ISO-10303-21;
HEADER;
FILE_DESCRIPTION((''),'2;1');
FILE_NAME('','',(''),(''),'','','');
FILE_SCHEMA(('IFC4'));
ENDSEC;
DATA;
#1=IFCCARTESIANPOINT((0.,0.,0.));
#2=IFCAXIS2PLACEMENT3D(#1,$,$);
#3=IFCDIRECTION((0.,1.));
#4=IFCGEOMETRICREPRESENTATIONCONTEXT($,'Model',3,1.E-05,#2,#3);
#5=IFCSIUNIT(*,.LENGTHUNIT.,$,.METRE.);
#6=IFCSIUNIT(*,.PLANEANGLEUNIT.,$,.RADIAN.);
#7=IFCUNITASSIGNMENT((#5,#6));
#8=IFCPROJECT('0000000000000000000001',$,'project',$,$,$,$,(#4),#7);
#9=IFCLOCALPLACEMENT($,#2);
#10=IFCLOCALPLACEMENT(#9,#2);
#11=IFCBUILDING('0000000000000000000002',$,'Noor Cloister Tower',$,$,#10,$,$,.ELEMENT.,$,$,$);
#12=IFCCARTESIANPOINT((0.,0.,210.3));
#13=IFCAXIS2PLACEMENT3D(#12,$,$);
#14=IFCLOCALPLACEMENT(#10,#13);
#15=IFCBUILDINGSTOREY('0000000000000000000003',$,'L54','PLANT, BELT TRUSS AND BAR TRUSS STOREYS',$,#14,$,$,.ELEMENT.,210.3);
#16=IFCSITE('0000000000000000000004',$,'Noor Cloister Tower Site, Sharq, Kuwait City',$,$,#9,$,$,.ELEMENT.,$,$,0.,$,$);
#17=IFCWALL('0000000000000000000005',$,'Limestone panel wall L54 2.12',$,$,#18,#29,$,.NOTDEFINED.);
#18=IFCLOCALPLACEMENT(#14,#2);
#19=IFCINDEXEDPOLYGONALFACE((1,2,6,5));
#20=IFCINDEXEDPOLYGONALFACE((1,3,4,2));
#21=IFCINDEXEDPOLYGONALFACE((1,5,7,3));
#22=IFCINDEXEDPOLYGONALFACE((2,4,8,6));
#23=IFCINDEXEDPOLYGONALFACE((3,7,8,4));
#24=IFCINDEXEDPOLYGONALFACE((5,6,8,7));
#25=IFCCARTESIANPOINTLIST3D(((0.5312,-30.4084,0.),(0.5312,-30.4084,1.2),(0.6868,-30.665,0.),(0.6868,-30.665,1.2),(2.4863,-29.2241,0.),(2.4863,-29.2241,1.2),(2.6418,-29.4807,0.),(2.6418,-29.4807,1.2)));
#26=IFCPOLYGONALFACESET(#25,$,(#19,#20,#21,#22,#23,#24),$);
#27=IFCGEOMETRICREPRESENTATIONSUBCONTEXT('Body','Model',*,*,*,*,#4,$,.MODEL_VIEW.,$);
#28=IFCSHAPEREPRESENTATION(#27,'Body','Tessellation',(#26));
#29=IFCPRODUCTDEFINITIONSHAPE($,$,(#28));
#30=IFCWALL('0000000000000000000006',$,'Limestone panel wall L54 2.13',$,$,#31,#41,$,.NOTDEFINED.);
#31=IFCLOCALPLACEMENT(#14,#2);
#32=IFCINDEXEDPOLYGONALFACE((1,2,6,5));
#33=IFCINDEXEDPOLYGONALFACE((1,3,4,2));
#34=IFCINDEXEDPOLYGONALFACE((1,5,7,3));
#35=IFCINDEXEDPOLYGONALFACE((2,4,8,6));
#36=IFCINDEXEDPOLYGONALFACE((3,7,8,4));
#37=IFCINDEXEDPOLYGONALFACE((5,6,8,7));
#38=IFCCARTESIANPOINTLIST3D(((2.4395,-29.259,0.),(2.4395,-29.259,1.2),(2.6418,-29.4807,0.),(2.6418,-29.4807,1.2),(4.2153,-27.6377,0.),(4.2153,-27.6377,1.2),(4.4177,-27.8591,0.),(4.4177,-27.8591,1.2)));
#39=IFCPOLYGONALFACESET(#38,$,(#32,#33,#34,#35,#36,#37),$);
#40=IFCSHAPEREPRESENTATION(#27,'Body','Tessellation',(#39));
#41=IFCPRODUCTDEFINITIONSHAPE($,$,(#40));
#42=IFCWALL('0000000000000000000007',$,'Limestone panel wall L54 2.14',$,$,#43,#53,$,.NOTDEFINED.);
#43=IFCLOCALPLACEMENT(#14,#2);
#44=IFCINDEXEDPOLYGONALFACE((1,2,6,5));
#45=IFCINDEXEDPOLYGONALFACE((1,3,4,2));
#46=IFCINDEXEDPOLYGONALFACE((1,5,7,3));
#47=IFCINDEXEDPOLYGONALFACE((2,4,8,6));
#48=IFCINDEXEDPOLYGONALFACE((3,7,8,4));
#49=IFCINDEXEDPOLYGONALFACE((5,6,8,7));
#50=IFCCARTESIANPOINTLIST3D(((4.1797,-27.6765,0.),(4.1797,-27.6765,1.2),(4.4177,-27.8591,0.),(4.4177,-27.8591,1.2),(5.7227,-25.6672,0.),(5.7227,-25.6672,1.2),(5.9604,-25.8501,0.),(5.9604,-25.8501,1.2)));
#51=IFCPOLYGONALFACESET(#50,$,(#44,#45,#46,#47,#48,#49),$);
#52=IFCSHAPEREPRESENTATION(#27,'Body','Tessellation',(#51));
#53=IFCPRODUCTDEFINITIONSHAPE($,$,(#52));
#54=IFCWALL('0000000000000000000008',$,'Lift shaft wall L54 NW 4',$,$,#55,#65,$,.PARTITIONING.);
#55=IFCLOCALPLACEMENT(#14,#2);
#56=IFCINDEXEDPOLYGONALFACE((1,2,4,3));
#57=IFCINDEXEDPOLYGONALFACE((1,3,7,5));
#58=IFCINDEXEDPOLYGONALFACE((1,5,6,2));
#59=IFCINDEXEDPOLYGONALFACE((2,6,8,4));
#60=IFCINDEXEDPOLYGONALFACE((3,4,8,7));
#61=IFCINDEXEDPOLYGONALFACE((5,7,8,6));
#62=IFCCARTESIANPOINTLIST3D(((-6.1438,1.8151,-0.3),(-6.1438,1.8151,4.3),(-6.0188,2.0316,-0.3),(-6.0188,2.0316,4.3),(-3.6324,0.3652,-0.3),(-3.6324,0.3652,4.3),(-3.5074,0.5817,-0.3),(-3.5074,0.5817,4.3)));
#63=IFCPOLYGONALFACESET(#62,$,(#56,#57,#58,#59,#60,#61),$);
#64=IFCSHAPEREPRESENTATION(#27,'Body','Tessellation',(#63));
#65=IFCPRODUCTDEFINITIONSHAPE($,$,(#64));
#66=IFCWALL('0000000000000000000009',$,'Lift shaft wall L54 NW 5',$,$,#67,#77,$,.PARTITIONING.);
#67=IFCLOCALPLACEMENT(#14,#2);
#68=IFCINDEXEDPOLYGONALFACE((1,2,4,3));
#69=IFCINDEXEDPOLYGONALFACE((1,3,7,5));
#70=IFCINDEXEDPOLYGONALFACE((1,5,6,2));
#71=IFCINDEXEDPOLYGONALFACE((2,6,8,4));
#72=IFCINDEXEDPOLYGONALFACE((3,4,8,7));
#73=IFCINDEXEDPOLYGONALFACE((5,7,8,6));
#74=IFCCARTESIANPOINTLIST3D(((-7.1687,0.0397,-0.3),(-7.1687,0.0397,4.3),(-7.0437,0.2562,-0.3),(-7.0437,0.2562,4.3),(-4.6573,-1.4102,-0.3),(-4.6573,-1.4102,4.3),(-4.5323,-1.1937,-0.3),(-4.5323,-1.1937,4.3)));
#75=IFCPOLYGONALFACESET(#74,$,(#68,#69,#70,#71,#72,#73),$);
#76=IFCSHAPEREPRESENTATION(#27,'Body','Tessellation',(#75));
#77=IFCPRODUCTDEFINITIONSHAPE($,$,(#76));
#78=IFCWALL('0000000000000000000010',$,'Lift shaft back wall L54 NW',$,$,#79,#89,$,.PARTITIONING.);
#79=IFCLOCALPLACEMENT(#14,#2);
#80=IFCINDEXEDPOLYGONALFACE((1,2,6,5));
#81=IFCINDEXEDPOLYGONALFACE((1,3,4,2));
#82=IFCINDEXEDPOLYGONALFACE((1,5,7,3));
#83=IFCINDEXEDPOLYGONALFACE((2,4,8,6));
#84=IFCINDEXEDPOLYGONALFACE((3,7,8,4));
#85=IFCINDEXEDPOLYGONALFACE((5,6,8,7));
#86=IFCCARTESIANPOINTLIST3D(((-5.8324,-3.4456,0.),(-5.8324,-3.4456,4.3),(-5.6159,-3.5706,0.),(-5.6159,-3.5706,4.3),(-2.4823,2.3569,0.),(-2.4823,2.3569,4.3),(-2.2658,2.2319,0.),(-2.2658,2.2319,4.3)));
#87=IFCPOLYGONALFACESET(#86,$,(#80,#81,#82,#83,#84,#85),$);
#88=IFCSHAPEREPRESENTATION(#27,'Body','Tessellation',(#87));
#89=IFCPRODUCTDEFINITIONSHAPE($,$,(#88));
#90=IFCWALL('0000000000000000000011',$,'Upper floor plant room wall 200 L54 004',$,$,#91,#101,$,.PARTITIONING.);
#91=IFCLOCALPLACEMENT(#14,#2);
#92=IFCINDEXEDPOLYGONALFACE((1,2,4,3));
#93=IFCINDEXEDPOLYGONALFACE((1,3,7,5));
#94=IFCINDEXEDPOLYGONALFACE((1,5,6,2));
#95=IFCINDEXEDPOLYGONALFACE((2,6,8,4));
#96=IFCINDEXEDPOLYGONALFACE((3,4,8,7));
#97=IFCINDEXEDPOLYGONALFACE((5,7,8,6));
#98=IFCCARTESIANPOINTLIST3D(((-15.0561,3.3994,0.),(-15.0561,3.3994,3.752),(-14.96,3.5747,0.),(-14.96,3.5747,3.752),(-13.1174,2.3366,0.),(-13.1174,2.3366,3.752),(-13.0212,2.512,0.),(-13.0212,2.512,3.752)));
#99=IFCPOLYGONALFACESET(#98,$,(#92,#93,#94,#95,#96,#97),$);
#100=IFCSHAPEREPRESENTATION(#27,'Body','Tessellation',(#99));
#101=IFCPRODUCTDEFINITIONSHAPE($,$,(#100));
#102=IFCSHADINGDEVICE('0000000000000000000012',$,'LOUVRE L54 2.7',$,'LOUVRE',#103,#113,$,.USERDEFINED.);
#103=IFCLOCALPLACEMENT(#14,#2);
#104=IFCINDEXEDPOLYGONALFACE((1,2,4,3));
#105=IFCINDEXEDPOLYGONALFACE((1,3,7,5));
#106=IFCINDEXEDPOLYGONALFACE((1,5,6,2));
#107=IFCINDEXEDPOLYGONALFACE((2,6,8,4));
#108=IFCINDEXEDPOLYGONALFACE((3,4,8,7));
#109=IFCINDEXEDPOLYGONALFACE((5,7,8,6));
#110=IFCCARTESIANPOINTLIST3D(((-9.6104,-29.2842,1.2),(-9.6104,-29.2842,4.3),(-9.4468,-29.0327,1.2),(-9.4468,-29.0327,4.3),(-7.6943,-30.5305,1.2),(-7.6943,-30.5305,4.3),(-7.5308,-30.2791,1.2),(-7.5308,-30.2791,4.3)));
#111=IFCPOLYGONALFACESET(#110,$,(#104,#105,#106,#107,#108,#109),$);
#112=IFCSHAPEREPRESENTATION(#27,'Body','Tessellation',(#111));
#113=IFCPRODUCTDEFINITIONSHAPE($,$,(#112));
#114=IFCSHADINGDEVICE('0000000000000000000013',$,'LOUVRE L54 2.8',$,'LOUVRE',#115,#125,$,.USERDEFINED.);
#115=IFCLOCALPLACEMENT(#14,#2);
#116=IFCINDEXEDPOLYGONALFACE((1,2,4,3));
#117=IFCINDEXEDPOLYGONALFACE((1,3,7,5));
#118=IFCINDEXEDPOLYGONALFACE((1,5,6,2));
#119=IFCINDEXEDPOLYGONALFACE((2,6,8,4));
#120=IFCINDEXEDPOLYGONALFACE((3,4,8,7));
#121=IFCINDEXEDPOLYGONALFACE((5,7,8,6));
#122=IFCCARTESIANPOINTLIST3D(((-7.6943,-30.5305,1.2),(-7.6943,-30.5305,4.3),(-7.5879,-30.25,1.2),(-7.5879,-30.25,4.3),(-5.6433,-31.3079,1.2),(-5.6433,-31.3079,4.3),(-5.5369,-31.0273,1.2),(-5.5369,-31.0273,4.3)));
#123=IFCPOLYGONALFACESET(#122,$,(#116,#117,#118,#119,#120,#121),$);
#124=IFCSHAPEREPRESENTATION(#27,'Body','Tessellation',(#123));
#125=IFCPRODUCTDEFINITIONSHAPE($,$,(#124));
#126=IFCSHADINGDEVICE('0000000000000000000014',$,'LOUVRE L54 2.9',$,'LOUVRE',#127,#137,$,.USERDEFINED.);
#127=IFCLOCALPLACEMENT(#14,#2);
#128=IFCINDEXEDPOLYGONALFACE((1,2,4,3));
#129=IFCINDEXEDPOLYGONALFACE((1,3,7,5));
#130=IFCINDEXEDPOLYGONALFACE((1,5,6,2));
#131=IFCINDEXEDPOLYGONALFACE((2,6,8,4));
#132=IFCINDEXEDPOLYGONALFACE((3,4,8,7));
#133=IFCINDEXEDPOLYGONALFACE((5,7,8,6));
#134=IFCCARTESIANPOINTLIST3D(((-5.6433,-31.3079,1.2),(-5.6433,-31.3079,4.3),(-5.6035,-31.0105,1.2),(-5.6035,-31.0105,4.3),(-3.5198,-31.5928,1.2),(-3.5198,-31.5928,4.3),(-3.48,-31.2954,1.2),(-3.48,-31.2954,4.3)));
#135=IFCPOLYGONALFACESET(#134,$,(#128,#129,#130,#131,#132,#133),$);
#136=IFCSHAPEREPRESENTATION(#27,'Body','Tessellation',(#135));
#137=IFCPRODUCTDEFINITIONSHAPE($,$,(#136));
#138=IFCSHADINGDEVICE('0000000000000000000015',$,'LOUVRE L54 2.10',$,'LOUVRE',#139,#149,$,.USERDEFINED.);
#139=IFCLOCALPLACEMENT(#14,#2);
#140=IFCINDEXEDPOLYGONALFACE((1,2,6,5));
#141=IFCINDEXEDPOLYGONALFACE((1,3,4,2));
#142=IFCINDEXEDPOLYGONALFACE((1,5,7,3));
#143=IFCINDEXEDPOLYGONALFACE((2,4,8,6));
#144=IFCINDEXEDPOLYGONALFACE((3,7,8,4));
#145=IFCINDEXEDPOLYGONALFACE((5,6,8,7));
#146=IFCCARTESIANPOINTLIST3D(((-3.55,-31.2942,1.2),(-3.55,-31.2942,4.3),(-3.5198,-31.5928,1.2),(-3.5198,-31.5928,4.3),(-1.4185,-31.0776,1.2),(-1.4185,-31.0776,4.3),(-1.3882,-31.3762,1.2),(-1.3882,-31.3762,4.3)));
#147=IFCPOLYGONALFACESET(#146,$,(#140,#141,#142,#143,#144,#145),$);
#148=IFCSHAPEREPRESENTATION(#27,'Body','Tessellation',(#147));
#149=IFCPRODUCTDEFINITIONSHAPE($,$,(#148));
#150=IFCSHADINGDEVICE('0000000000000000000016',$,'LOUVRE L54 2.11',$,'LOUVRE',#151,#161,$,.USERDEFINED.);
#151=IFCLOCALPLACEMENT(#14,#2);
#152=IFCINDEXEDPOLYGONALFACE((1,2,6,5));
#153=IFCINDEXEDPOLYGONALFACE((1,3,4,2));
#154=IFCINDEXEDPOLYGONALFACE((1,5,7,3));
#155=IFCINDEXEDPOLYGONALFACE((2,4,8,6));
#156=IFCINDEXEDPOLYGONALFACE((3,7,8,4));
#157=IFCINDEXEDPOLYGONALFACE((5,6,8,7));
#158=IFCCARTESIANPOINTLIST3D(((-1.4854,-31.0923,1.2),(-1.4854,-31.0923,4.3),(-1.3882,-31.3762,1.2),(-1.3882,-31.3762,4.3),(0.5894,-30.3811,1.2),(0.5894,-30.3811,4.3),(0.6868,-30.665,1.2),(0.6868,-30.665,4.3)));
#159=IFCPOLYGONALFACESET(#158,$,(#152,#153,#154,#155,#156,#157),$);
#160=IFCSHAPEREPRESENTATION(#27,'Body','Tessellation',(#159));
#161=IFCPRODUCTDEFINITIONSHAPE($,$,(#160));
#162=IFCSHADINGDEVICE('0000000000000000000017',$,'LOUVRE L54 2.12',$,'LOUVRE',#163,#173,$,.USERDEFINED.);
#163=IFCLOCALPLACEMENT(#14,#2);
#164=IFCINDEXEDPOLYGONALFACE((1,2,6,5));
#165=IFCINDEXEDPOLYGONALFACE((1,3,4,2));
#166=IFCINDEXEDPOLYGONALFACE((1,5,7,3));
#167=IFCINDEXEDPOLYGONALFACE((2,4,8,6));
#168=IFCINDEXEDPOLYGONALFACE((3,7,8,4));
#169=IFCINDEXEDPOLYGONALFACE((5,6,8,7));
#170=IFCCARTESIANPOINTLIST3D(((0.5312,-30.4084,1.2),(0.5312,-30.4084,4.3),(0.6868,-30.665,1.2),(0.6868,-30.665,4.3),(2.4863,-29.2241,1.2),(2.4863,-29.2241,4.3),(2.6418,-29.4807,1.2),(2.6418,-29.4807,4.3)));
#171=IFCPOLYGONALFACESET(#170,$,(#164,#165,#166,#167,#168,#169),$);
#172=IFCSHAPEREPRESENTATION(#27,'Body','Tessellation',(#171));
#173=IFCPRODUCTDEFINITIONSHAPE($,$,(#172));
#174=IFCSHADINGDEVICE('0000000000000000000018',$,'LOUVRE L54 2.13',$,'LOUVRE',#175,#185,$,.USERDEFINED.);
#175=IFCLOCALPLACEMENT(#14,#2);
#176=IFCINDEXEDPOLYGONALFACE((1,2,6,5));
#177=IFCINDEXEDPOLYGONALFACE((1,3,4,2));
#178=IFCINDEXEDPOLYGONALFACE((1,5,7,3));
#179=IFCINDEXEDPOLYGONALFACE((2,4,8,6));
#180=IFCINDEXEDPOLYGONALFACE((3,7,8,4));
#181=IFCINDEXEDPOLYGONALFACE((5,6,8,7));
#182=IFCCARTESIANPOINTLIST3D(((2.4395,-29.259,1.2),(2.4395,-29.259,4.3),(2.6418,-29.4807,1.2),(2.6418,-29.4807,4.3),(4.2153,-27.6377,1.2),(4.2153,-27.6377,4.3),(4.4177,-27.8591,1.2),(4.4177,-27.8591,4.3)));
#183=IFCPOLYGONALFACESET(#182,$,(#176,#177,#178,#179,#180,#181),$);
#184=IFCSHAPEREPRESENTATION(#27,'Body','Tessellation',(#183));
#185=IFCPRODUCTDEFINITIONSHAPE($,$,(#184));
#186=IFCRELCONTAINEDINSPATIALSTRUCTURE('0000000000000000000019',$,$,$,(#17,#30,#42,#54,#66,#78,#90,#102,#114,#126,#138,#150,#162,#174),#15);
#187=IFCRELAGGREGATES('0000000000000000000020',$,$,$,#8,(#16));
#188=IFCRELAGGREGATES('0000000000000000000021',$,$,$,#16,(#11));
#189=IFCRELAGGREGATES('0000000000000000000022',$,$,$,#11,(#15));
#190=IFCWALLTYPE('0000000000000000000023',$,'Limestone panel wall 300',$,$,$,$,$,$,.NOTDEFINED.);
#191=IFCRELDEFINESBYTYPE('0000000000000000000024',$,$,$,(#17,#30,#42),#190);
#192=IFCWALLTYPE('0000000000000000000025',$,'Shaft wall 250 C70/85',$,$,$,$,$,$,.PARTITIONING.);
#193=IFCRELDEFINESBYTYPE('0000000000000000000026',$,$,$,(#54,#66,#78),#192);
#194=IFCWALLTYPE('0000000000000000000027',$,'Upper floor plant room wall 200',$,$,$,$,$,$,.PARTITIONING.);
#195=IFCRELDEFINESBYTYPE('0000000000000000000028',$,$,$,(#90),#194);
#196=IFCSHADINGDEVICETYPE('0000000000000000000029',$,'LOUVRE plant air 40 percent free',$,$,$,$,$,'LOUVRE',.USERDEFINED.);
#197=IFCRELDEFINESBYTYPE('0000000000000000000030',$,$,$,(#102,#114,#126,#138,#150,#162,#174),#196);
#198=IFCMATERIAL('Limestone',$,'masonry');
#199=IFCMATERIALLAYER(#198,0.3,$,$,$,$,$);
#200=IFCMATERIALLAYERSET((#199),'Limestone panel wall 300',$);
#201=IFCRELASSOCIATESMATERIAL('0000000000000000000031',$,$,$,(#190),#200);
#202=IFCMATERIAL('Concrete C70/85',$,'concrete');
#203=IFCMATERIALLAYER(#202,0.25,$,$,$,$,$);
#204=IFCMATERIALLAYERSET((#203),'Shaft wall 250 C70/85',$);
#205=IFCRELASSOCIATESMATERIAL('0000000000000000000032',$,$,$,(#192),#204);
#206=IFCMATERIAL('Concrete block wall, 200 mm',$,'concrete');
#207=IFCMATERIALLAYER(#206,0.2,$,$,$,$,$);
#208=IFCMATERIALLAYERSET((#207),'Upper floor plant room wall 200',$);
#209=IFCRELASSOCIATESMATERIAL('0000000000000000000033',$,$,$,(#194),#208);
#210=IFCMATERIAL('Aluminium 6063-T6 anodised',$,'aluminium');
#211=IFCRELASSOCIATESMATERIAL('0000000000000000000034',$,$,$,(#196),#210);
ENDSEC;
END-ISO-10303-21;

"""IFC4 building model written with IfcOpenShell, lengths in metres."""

from ifc_helpers import new_model, si_unit, direction, frame, frame_2d, origin, place, context, subcontext, project, spatial, polyline, rectangle, outline, extrude, material, layer, layer_set, type_object, element, save


model = new_model("IFC4")

# Units and contexts
model_context = context("Model", 3, precision=1e-05, world=origin(), true_north=direction((0.0, 1.0)))
body_context = subcontext(model_context, "Body", "Model", "MODEL_VIEW")
ifc_project = project(units=[si_unit("LENGTHUNIT", "METRE"), si_unit("PLANEANGLEUNIT", "RADIAN")], contexts=[model_context])

# Site, building, storey
site_placement = place(None, origin())
site = spatial("IfcSite", under=ifc_project, at=site_placement, Name="Noor Cloister Tower Site, Sharq, Kuwait City", CompositionType="ELEMENT", RefElevation=0.0)
building_placement = place(site_placement, origin())
building = spatial("IfcBuilding", under=site, at=building_placement, Name="Noor Cloister Tower", CompositionType="ELEMENT")
storey_placement = place(building_placement, frame((0.0, 0.0, 210.3)))
storey = spatial("IfcBuildingStorey", under=building, at=storey_placement, Name="L54", Description="PLANT, BELT TRUSS AND BAR TRUSS STOREYS", CompositionType="ELEMENT", Elevation=210.3)

# Walls
ifc_material_1 = material(Name="Limestone", Category="masonry")
ifc_layer_1 = layer(ifc_material_1, 0.3)
ifc_layer_set_1 = layer_set([ifc_layer_1], Name="Limestone panel wall 300")
wall_type_1 = type_object("IfcWallType", Name="Limestone panel wall 300", PredefinedType="NOTDEFINED", material=ifc_layer_set_1)
wall_1_placement = place(storey_placement, origin())
element("IfcWall", 1, at=wall_1_placement, inside=storey, type_object=wall_type_1, Name="Limestone panel wall L54 2.12", PredefinedType="NOTDEFINED", context=body_context, shape_type="SweptSolid", body=[
    extrude(outline(polyline([(0.6868, -30.665), (2.6418, -29.4807), (2.4863, -29.2241), (0.5312, -30.4084), (0.6868, -30.665)])), origin(), (0.0, 0.0, 1.0), 1.2),
])
wall_2_placement = place(storey_placement, origin())
element("IfcWall", 2, at=wall_2_placement, inside=storey, type_object=wall_type_1, Name="Limestone panel wall L54 2.13", PredefinedType="NOTDEFINED", context=body_context, shape_type="SweptSolid", body=[
    extrude(outline(polyline([(2.6418, -29.4807), (4.4177, -27.8591), (4.2153, -27.6377), (2.4395, -29.259), (2.6418, -29.4807)])), origin(), (0.0, 0.0, 1.0), 1.2),
])
wall_3_placement = place(storey_placement, origin())
element("IfcWall", 3, at=wall_3_placement, inside=storey, type_object=wall_type_1, Name="Limestone panel wall L54 2.14", PredefinedType="NOTDEFINED", context=body_context, shape_type="SweptSolid", body=[
    extrude(outline(polyline([(4.4177, -27.8591), (5.9604, -25.8501), (5.7227, -25.6672), (4.1797, -27.6765), (4.4177, -27.8591)])), origin(), (0.0, 0.0, 1.0), 1.2),
])
ifc_material_2 = material(Name="Concrete C70/85", Category="concrete")
ifc_layer_2 = layer(ifc_material_2, 0.25)
ifc_layer_set_2 = layer_set([ifc_layer_2], Name="Shaft wall 250 C70/85")
wall_type_2 = type_object("IfcWallType", Name="Shaft wall 250 C70/85", PredefinedType="PARTITIONING", material=ifc_layer_set_2)
for number, where, z_axis, x_axis, name in (
    (4, (-6.0813, 1.9233, -0.3), (0.0, 0.0, 1.0), (0.866033, -0.499987, 0.0), "Lift shaft wall L54 NW 4"),
    (5, (-7.1062, 0.1479, -0.3), (0.0, 0.0, 1.0), (0.866033, -0.499987, 0.0), "Lift shaft wall L54 NW 5"),
):
    element("IfcWall", number, at=place(storey_placement, frame(where, z_axis=z_axis, x_axis=x_axis)), inside=storey, type_object=wall_type_2, Name=name, PredefinedType="PARTITIONING", context=body_context, shape_type="SweptSolid", body=[
        extrude(rectangle(XDim=2.8999, YDim=0.25, at=frame_2d((1.45, 0.0))), origin(), (0.0, 0.0, 1.0), 4.6001),
    ])
wall_4_placement = place(storey_placement, frame((-2.374, 2.2944, 0.0), z_axis=(0.0, 0.0, 1.0), x_axis=(-0.500003, -0.866024, 0.0)))
element("IfcWall", 6, at=wall_4_placement, inside=storey, type_object=wall_type_2, Name="Lift shaft back wall L54 NW", PredefinedType="PARTITIONING", context=body_context, shape_type="SweptSolid", body=[
    extrude(rectangle(XDim=6.7002, YDim=0.25, at=frame_2d((3.3501, 0.0))), origin(), (0.0, 0.0, 1.0), 4.3),
])
ifc_material_3 = material(Name="Concrete block wall, 200 mm", Category="concrete")
ifc_layer_3 = layer(ifc_material_3, 0.2)
ifc_layer_set_3 = layer_set([ifc_layer_3], Name="Upper floor plant room wall 200")
wall_type_3 = type_object("IfcWallType", Name="Upper floor plant room wall 200", PredefinedType="PARTITIONING", material=ifc_layer_set_3)
wall_5_placement = place(storey_placement, frame((-15.0081, 3.4871, 0.0), z_axis=(0.0, 0.0, 1.0), x_axis=(0.876893, -0.480685, 0.0)))
element("IfcWall", 7, at=wall_5_placement, inside=storey, type_object=wall_type_3, Name="Upper floor plant room wall 200 L54 004", PredefinedType="PARTITIONING", context=body_context, shape_type="SweptSolid", body=[
    extrude(rectangle(XDim=2.2109, YDim=0.2, at=frame_2d((1.1055, 0.0))), origin(), (0.0, 0.0, 1.0), 3.752),
])

# Shading devices
ifc_material_4 = material(Name="Aluminium 6063-T6 anodised", Category="aluminium")
shading_device_type = type_object("IfcShadingDeviceType", Name="LOUVRE plant air 40 percent free", ElementType="LOUVRE", PredefinedType="USERDEFINED", material=ifc_material_4)
shading_device_1_placement = place(storey_placement, frame((0.0, 0.0, 1.2)))
element("IfcShadingDevice", 8, at=shading_device_1_placement, inside=storey, type_object=shading_device_type, Name="LOUVRE L54 2.7", ObjectType="LOUVRE", PredefinedType="USERDEFINED", context=body_context, shape_type="SweptSolid", body=[
    extrude(outline(polyline([(-9.6104, -29.2842), (-7.6943, -30.5305), (-7.5308, -30.2791), (-9.4468, -29.0327), (-9.6104, -29.2842)])), origin(), (0.0, 0.0, 1.0), 3.1001),
])
shading_device_2_placement = place(storey_placement, frame((0.0, 0.0, 1.2)))
element("IfcShadingDevice", 9, at=shading_device_2_placement, inside=storey, type_object=shading_device_type, Name="LOUVRE L54 2.8", ObjectType="LOUVRE", PredefinedType="USERDEFINED", context=body_context, shape_type="SweptSolid", body=[
    extrude(outline(polyline([(-7.6943, -30.5305), (-5.6433, -31.3079), (-5.5369, -31.0273), (-7.5879, -30.25), (-7.6943, -30.5305)])), origin(), (0.0, 0.0, 1.0), 3.1001),
])
shading_device_3_placement = place(storey_placement, frame((0.0, 0.0, 1.2)))
element("IfcShadingDevice", 10, at=shading_device_3_placement, inside=storey, type_object=shading_device_type, Name="LOUVRE L54 2.9", ObjectType="LOUVRE", PredefinedType="USERDEFINED", context=body_context, shape_type="SweptSolid", body=[
    extrude(outline(polyline([(-5.6433, -31.3079), (-3.5198, -31.5928), (-3.48, -31.2954), (-5.6035, -31.0105), (-5.6433, -31.3079)])), origin(), (0.0, 0.0, 1.0), 3.1001),
])
shading_device_4_placement = place(storey_placement, frame((0.0, 0.0, 1.2)))
element("IfcShadingDevice", 11, at=shading_device_4_placement, inside=storey, type_object=shading_device_type, Name="LOUVRE L54 2.10", ObjectType="LOUVRE", PredefinedType="USERDEFINED", context=body_context, shape_type="SweptSolid", body=[
    extrude(outline(polyline([(-3.5198, -31.5928), (-1.3882, -31.3762), (-1.4185, -31.0776), (-3.55, -31.2942), (-3.5198, -31.5928)])), origin(), (0.0, 0.0, 1.0), 3.1001),
])
shading_device_5_placement = place(storey_placement, frame((0.0, 0.0, 1.2)))
element("IfcShadingDevice", 12, at=shading_device_5_placement, inside=storey, type_object=shading_device_type, Name="LOUVRE L54 2.11", ObjectType="LOUVRE", PredefinedType="USERDEFINED", context=body_context, shape_type="SweptSolid", body=[
    extrude(outline(polyline([(-1.3882, -31.3762), (0.6868, -30.665), (0.5894, -30.3811), (-1.4854, -31.0923), (-1.3882, -31.3762)])), origin(), (0.0, 0.0, 1.0), 3.1001),
])
shading_device_6_placement = place(storey_placement, frame((0.0, 0.0, 1.2)))
element("IfcShadingDevice", 13, at=shading_device_6_placement, inside=storey, type_object=shading_device_type, Name="LOUVRE L54 2.12", ObjectType="LOUVRE", PredefinedType="USERDEFINED", context=body_context, shape_type="SweptSolid", body=[
    extrude(outline(polyline([(0.6868, -30.665), (2.6418, -29.4807), (2.4863, -29.2241), (0.5312, -30.4084), (0.6868, -30.665)])), origin(), (0.0, 0.0, 1.0), 3.1001),
])
shading_device_7_placement = place(storey_placement, frame((0.0, 0.0, 1.2)))
element("IfcShadingDevice", 14, at=shading_device_7_placement, inside=storey, type_object=shading_device_type, Name="LOUVRE L54 2.13", ObjectType="LOUVRE", PredefinedType="USERDEFINED", context=body_context, shape_type="SweptSolid", body=[
    extrude(outline(polyline([(2.6418, -29.4807), (4.4177, -27.8591), (4.2153, -27.6377), (2.4395, -29.259), (2.6418, -29.4807)])), origin(), (0.0, 0.0, 1.0), 3.1001),
])

save(model, "model.ifc")
